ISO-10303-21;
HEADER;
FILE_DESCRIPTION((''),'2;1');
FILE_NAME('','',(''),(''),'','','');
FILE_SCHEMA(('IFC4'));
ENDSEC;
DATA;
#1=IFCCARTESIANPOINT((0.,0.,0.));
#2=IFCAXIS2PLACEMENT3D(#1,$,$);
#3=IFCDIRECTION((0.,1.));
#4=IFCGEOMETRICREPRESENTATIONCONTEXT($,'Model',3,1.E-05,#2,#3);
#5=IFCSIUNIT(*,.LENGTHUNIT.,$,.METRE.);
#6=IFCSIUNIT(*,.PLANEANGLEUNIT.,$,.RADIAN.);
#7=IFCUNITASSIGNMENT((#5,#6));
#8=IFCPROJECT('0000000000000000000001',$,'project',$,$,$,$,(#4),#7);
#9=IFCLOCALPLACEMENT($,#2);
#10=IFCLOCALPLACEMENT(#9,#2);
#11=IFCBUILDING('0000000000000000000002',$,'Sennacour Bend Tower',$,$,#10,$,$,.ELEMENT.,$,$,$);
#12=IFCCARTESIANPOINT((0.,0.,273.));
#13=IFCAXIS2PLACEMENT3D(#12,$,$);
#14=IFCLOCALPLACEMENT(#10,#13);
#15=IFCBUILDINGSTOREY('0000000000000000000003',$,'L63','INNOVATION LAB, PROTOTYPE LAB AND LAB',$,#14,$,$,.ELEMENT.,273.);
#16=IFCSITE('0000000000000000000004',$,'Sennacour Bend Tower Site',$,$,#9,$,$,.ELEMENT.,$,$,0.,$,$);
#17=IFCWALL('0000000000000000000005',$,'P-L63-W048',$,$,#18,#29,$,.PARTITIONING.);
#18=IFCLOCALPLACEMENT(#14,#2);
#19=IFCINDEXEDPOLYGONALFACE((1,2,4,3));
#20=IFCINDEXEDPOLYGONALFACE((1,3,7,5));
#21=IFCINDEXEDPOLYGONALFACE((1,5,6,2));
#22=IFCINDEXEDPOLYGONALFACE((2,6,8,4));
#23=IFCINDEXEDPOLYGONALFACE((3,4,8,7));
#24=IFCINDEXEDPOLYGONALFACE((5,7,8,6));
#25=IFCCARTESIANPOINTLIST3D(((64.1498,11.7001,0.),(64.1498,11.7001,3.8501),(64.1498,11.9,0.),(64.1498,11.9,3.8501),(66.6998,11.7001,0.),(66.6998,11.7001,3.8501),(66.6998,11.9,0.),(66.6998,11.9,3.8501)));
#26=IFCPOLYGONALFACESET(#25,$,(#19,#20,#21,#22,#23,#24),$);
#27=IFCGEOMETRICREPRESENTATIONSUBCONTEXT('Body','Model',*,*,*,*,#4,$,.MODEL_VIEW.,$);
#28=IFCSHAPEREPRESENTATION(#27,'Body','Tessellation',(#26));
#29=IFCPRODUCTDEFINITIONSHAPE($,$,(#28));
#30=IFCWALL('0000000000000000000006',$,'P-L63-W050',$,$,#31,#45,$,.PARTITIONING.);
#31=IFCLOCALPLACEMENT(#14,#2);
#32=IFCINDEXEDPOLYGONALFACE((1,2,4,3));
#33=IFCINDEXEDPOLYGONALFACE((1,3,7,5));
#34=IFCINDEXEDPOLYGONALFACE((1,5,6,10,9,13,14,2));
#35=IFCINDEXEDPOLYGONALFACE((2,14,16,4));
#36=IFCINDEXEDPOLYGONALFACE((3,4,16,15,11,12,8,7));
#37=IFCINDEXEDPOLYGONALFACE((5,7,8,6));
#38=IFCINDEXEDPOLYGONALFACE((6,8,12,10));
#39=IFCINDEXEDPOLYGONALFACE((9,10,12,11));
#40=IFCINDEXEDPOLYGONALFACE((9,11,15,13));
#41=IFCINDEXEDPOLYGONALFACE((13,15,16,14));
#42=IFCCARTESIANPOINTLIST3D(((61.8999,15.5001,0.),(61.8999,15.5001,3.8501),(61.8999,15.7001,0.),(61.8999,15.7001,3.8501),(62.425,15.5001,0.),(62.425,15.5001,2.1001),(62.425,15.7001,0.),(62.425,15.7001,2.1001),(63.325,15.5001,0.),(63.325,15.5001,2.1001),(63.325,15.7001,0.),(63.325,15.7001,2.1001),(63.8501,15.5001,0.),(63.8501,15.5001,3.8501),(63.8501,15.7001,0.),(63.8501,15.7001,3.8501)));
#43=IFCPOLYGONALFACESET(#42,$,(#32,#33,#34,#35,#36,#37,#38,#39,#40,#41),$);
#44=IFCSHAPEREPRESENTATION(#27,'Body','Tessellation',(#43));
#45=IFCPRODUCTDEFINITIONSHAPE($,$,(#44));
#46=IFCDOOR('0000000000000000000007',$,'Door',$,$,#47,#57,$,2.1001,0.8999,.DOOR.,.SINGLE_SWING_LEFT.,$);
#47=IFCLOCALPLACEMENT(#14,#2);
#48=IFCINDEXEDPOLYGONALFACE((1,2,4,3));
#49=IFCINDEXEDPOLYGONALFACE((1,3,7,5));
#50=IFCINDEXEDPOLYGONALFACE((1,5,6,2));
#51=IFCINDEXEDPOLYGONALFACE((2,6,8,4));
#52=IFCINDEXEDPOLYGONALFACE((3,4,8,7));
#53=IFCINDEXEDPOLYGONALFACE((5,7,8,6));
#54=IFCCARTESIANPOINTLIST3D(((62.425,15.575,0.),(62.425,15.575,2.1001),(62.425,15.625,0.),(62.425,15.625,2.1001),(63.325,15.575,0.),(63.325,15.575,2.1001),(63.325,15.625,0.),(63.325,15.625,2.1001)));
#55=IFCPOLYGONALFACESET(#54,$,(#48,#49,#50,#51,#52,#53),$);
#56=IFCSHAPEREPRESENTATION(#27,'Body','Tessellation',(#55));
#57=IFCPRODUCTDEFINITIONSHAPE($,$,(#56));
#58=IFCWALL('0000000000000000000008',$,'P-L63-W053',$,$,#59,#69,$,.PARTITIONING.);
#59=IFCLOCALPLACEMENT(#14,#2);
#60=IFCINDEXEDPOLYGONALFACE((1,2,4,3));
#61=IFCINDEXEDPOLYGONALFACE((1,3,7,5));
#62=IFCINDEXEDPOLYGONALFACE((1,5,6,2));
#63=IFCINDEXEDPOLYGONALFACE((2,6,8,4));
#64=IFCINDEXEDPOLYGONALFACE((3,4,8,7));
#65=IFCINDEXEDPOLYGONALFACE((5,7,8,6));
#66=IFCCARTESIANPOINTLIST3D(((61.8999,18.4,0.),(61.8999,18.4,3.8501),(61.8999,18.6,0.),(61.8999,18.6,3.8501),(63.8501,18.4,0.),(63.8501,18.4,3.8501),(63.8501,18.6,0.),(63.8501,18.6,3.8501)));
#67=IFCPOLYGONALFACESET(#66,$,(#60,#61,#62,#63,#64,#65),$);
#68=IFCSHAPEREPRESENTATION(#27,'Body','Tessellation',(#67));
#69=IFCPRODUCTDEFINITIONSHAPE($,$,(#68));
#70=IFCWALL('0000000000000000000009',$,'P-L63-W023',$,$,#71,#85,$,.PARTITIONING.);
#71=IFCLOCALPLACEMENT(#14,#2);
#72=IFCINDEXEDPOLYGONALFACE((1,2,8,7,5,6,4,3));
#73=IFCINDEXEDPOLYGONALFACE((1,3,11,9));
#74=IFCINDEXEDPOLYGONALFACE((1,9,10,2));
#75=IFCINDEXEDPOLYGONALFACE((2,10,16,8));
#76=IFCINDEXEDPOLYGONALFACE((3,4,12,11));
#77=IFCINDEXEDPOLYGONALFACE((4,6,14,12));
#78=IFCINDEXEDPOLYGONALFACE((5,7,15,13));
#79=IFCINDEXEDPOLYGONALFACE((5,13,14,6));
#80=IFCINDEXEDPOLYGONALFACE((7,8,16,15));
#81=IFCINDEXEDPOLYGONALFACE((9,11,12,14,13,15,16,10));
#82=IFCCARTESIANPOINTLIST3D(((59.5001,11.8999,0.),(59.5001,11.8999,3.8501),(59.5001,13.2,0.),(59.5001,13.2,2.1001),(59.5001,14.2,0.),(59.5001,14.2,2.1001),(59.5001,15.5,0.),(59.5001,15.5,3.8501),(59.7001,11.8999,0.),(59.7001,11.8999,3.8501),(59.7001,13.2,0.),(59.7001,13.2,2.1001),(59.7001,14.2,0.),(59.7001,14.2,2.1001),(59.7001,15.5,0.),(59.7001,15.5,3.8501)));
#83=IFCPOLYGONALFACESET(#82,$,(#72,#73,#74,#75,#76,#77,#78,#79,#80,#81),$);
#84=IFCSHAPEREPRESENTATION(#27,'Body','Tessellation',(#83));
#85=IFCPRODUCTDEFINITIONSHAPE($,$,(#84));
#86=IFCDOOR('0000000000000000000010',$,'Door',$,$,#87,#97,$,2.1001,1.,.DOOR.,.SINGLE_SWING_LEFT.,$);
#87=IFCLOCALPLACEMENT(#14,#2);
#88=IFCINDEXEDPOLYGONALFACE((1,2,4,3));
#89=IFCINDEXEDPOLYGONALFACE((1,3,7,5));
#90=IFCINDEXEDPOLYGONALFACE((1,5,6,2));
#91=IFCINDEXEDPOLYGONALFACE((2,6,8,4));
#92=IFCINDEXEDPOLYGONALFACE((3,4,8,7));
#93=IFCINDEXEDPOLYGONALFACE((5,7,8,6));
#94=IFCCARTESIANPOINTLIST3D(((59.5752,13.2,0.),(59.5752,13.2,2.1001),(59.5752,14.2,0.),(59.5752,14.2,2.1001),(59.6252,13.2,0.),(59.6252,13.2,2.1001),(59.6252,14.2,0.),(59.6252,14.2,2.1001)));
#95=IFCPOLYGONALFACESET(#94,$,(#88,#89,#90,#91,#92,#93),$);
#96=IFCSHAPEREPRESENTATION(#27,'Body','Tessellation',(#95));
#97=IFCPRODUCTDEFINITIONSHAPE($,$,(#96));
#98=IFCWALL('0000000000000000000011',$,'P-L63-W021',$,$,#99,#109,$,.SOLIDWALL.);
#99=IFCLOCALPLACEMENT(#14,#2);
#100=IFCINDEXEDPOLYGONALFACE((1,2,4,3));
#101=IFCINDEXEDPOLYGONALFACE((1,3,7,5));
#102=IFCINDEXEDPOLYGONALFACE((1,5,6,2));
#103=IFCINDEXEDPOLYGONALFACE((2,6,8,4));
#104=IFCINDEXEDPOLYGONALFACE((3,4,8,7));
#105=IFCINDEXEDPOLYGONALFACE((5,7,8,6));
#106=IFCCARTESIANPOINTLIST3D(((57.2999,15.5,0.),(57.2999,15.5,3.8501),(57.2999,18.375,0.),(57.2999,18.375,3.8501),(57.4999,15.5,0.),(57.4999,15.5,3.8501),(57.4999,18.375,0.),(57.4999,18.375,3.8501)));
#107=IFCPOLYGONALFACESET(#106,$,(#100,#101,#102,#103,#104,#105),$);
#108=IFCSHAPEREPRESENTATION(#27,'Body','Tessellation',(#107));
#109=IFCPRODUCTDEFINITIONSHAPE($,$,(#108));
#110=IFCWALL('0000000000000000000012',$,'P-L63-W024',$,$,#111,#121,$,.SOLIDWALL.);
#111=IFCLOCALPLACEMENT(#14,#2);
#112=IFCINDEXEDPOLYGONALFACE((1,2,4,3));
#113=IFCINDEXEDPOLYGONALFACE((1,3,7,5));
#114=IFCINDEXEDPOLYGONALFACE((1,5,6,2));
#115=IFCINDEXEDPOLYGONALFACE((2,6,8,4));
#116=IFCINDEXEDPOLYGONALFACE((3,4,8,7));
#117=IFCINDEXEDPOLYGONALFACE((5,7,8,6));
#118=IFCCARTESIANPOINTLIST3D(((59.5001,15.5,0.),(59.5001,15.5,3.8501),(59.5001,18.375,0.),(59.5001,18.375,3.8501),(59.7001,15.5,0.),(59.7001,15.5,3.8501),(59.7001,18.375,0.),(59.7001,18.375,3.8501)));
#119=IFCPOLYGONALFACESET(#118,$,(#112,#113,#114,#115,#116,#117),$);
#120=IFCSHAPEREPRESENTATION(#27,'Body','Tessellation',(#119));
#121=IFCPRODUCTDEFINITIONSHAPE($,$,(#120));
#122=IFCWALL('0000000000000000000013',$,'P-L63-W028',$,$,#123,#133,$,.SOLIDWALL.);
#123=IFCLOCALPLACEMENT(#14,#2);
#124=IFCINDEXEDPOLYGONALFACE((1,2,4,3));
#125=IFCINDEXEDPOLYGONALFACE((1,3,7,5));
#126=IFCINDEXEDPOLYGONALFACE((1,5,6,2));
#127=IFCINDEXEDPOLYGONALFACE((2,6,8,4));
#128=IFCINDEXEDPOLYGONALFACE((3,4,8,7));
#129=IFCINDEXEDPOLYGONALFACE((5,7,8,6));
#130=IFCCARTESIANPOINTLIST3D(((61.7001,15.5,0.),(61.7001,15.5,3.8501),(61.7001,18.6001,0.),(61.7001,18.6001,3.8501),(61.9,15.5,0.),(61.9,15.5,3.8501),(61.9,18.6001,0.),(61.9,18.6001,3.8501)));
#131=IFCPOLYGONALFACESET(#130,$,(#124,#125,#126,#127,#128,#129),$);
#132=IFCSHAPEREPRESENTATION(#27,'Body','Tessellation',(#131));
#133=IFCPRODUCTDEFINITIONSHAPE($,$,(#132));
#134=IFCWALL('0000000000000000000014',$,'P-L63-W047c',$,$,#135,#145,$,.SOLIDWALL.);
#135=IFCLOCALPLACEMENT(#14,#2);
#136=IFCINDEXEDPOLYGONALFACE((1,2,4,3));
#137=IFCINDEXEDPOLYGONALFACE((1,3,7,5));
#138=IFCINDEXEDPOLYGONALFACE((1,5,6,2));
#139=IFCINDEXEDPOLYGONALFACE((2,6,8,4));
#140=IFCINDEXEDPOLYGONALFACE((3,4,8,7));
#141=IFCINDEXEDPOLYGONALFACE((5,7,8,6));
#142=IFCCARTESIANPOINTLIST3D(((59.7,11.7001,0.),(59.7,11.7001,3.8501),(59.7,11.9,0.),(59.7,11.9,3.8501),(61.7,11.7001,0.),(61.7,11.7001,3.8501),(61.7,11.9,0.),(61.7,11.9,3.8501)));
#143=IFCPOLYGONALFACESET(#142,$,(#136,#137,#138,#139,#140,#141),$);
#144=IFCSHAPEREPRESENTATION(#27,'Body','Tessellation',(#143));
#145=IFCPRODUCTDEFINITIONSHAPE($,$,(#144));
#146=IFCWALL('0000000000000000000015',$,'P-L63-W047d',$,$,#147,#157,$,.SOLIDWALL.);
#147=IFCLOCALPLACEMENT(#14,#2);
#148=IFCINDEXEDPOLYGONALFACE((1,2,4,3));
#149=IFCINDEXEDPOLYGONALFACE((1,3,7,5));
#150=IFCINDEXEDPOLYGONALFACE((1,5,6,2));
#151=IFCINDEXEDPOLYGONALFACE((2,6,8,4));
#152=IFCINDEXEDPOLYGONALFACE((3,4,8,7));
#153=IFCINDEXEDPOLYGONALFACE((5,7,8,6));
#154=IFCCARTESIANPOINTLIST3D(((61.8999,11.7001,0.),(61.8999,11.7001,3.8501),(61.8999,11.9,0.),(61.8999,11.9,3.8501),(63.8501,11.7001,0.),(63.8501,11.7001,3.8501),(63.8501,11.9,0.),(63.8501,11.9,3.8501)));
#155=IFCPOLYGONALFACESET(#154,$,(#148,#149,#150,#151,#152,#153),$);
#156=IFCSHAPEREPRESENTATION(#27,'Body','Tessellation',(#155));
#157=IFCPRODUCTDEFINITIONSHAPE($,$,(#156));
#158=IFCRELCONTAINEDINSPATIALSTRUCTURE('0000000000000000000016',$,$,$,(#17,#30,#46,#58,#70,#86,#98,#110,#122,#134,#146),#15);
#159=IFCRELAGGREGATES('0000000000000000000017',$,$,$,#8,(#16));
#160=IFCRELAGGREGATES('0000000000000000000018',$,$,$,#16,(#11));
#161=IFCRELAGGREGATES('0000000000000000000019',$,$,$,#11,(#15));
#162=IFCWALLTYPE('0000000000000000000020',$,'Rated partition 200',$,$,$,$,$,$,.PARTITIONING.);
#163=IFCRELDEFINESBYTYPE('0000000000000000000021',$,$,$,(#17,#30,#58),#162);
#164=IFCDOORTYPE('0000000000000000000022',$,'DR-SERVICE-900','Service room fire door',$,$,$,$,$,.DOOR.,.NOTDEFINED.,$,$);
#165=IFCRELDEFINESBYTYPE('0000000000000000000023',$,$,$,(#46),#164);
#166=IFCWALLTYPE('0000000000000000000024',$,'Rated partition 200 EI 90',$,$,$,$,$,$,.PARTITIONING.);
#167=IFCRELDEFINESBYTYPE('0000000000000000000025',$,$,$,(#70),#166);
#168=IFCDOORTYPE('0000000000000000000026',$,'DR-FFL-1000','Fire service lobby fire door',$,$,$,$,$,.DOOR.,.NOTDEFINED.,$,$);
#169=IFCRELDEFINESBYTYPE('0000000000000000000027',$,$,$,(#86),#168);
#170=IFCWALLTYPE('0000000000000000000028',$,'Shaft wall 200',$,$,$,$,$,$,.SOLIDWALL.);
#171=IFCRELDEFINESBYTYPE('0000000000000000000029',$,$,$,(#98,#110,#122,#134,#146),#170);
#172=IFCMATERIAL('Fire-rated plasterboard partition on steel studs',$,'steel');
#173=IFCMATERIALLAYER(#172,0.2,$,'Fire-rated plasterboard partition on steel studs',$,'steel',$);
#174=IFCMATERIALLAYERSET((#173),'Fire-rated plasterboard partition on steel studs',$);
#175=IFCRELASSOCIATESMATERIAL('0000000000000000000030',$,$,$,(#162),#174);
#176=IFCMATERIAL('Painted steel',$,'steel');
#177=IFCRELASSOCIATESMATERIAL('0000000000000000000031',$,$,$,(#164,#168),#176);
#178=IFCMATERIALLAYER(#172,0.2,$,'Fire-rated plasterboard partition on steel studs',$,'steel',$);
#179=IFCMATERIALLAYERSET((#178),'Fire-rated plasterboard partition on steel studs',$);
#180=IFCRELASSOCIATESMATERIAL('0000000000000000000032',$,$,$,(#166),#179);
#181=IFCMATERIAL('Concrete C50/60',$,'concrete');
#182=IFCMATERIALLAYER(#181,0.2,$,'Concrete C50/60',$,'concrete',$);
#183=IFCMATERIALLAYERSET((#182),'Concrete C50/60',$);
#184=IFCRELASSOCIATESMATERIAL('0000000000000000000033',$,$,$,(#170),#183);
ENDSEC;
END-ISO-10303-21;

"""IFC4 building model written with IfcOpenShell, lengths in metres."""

from ifc_helpers import new_model, si_unit, direction, frame, frame_2d, origin, place, context, subcontext, project, spatial, rectangle, extrude, material, layer, layer_set, type_object, element, fill, save


model = new_model("IFC4")

# Units and contexts
model_context = context("Model", 3, precision=1e-05, world=origin(), true_north=direction((0.0, 1.0)))
body_context = subcontext(model_context, "Body", "Model", "MODEL_VIEW")
ifc_project = project(units=[si_unit("LENGTHUNIT", "METRE"), si_unit("PLANEANGLEUNIT", "RADIAN")], contexts=[model_context])

# Site, building, storey
site_placement = place(None, origin())
site = spatial("IfcSite", under=ifc_project, at=site_placement, Name="Sennacour Bend Tower Site", CompositionType="ELEMENT", RefElevation=0.0)
building_placement = place(site_placement, origin())
building = spatial("IfcBuilding", under=site, at=building_placement, Name="Sennacour Bend Tower", CompositionType="ELEMENT")
storey_placement = place(building_placement, frame((0.0, 0.0, 273.0)))
storey = spatial("IfcBuildingStorey", under=building, at=storey_placement, Name="L63", Description="INNOVATION LAB, PROTOTYPE LAB AND LAB", CompositionType="ELEMENT", Elevation=273.0)

# Wall
ifc_material_1 = material(Name="Fire-rated plasterboard partition on steel studs", Category="steel")
ifc_layer_1 = layer(ifc_material_1, 0.2, Name="Fire-rated plasterboard partition on steel studs", Category="steel")
ifc_layer_set_1 = layer_set([ifc_layer_1], Name="Fire-rated plasterboard partition on steel studs")
wall_type_1 = type_object("IfcWallType", Name="Rated partition 200", PredefinedType="PARTITIONING", material=ifc_layer_set_1)
wall_1_placement = place(storey_placement, frame((64.1499, 11.8, 0.0), z_axis=(0.0, 0.0, 1.0), x_axis=(1.0, 0.0, 0.0)))
element("IfcWall", 1, at=wall_1_placement, inside=storey, type_object=wall_type_1, Name="P-L63-W048", PredefinedType="PARTITIONING", context=body_context, shape_type="SweptSolid", body=[
    extrude(rectangle(XDim=2.55, YDim=0.2, at=frame_2d((1.2749, 0.0))), origin(), (0.0, 0.0, 1.0), 3.8501),
])

# Wall, opening, door
wall_2_placement = place(storey_placement, frame((61.8999, 15.6001, 0.0), z_axis=(0.0, 0.0, 1.0), x_axis=(1.0, 0.0, 0.0)))
wall_2 = element("IfcWall", 2, at=wall_2_placement, inside=storey, type_object=wall_type_1, Name="P-L63-W050", PredefinedType="PARTITIONING", context=body_context, shape_type="SweptSolid", body=[
    extrude(rectangle(XDim=1.9502, YDim=0.2, at=frame_2d((0.9751, 0.0))), origin(), (0.0, 0.0, 1.0), 3.8501),
])
opening_1_placement = place(wall_2_placement, frame((0.5251, 0.0, 0.0)))
opening_1 = element("IfcOpeningElement", 3, at=opening_1_placement, cuts=wall_2, PredefinedType="OPENING", context=body_context, shape_type="SweptSolid", body=[
    extrude(rectangle(XDim=0.8999, YDim=2.1001, at=frame_2d((0.45, 1.05))), frame((0.0, 0.1099, 0.0), z_axis=(0.0, -1.0, 0.0), x_axis=(1.0, 0.0, 0.0)), (0.0, 0.0, 1.0), 0.22),
])
ifc_material_2 = material(Name="Painted steel", Category="steel")
door_type_1 = type_object("IfcDoorType", Name="DR-SERVICE-900", Description="Service room fire door", OperationType="NOTDEFINED", PredefinedType="DOOR", material=ifc_material_2)
door_1_placement = place(opening_1_placement, origin())
door_1 = element("IfcDoor", 4, at=door_1_placement, inside=storey, type_object=door_type_1, Name="Door", OperationType="SINGLE_SWING_LEFT", OverallHeight=2.1001, OverallWidth=0.8999, PredefinedType="DOOR", context=body_context, shape_type="SweptSolid", body=[
    extrude(rectangle(XDim=0.8999, YDim=2.1001, at=frame_2d((0.45, 1.05))), frame((0.0, 0.0249, 0.0), z_axis=(0.0, -1.0, 0.0), x_axis=(1.0, 0.0, 0.0)), (0.0, 0.0, 1.0), 0.05),
])
fill(opening_1, door_1)

# Wall
wall_3_placement = place(storey_placement, frame((61.8999, 18.5, 0.0), z_axis=(0.0, 0.0, 1.0), x_axis=(1.0, 0.0, 0.0)))
element("IfcWall", 5, at=wall_3_placement, inside=storey, type_object=wall_type_1, Name="P-L63-W053", PredefinedType="PARTITIONING", context=body_context, shape_type="SweptSolid", body=[
    extrude(rectangle(XDim=1.9502, YDim=0.2, at=frame_2d((0.9751, 0.0))), origin(), (0.0, 0.0, 1.0), 3.8501),
])

# Wall, opening, door
ifc_layer_2 = layer(ifc_material_1, 0.2, Name="Fire-rated plasterboard partition on steel studs", Category="steel")
ifc_layer_set_2 = layer_set([ifc_layer_2], Name="Fire-rated plasterboard partition on steel studs")
wall_type_2 = type_object("IfcWallType", Name="Rated partition 200 EI 90", PredefinedType="PARTITIONING", material=ifc_layer_set_2)
wall_4_placement = place(storey_placement, frame((59.6001, 11.8999, 0.0), z_axis=(0.0, 0.0, 1.0), x_axis=(0.0, 1.0, 0.0)))
wall_4 = element("IfcWall", 6, at=wall_4_placement, inside=storey, type_object=wall_type_2, Name="P-L63-W023", PredefinedType="PARTITIONING", context=body_context, shape_type="SweptSolid", body=[
    extrude(rectangle(XDim=3.6001, YDim=0.2, at=frame_2d((1.8, 0.0))), origin(), (0.0, 0.0, 1.0), 3.8501),
])
opening_2_placement = place(wall_4_placement, frame((1.3, 0.0, 0.0)))
opening_2 = element("IfcOpeningElement", 7, at=opening_2_placement, cuts=wall_4, PredefinedType="OPENING", context=body_context, shape_type="SweptSolid", body=[
    extrude(rectangle(XDim=1.0, YDim=2.1001, at=frame_2d((0.5, 1.05))), frame((0.0, 0.1099, 0.0), z_axis=(0.0, -1.0, 0.0), x_axis=(1.0, 0.0, 0.0)), (0.0, 0.0, 1.0), 0.22),
])
door_type_2 = type_object("IfcDoorType", Name="DR-FFL-1000", Description="Fire service lobby fire door", OperationType="NOTDEFINED", PredefinedType="DOOR", material=ifc_material_2)
door_2_placement = place(opening_2_placement, origin())
door_2 = element("IfcDoor", 8, at=door_2_placement, inside=storey, type_object=door_type_2, Name="Door", OperationType="SINGLE_SWING_LEFT", OverallHeight=2.1001, OverallWidth=1.0, PredefinedType="DOOR", context=body_context, shape_type="SweptSolid", body=[
    extrude(rectangle(XDim=1.0, YDim=2.1001, at=frame_2d((0.5, 1.05))), frame((0.0, 0.0249, 0.0), z_axis=(0.0, -1.0, 0.0), x_axis=(1.0, 0.0, 0.0)), (0.0, 0.0, 1.0), 0.05),
])
fill(opening_2, door_2)

# Walls
ifc_material_3 = material(Name="Concrete C50/60", Category="concrete")
ifc_layer_3 = layer(ifc_material_3, 0.2, Name="Concrete C50/60", Category="concrete")
ifc_layer_set_3 = layer_set([ifc_layer_3], Name="Concrete C50/60")
wall_type_3 = type_object("IfcWallType", Name="Shaft wall 200", PredefinedType="SOLIDWALL", material=ifc_layer_set_3)
for number, where, z_axis, x_axis, name in (
    (9, (57.3999, 15.5, 0.0), (0.0, 0.0, 1.0), (0.0, 1.0, 0.0), "P-L63-W021"),
    (10, (59.6001, 15.5, 0.0), (0.0, 0.0, 1.0), (0.0, 1.0, 0.0), "P-L63-W024"),
):
    element("IfcWall", number, at=place(storey_placement, frame(where, z_axis=z_axis, x_axis=x_axis)), inside=storey, type_object=wall_type_3, Name=name, PredefinedType="SOLIDWALL", context=body_context, shape_type="SweptSolid", body=[
        extrude(rectangle(XDim=2.875, YDim=0.2, at=frame_2d((1.4375, 0.0))), origin(), (0.0, 0.0, 1.0), 3.8501),
    ])
wall_5_placement = place(storey_placement, frame((61.8, 15.5, 0.0), z_axis=(0.0, 0.0, 1.0), x_axis=(0.0, 1.0, 0.0)))
element("IfcWall", 11, at=wall_5_placement, inside=storey, type_object=wall_type_3, Name="P-L63-W028", PredefinedType="SOLIDWALL", context=body_context, shape_type="SweptSolid", body=[
    extrude(rectangle(XDim=3.1001, YDim=0.2, at=frame_2d((1.55, 0.0))), origin(), (0.0, 0.0, 1.0), 3.8501),
])
wall_6_placement = place(storey_placement, frame((59.7, 11.8, 0.0), z_axis=(0.0, 0.0, 1.0), x_axis=(1.0, 0.0, 0.0)))
element("IfcWall", 12, at=wall_6_placement, inside=storey, type_object=wall_type_3, Name="P-L63-W047c", PredefinedType="SOLIDWALL", context=body_context, shape_type="SweptSolid", body=[
    extrude(rectangle(XDim=2.0, YDim=0.2, at=frame_2d((1.0, 0.0))), origin(), (0.0, 0.0, 1.0), 3.8501),
])
wall_7_placement = place(storey_placement, frame((61.8999, 11.8, 0.0), z_axis=(0.0, 0.0, 1.0), x_axis=(1.0, 0.0, 0.0)))
element("IfcWall", 13, at=wall_7_placement, inside=storey, type_object=wall_type_3, Name="P-L63-W047d", PredefinedType="SOLIDWALL", context=body_context, shape_type="SweptSolid", body=[
    extrude(rectangle(XDim=1.9502, YDim=0.2, at=frame_2d((0.9751, 0.0))), origin(), (0.0, 0.0, 1.0), 3.8501),
])

save(model, "model.ifc")
